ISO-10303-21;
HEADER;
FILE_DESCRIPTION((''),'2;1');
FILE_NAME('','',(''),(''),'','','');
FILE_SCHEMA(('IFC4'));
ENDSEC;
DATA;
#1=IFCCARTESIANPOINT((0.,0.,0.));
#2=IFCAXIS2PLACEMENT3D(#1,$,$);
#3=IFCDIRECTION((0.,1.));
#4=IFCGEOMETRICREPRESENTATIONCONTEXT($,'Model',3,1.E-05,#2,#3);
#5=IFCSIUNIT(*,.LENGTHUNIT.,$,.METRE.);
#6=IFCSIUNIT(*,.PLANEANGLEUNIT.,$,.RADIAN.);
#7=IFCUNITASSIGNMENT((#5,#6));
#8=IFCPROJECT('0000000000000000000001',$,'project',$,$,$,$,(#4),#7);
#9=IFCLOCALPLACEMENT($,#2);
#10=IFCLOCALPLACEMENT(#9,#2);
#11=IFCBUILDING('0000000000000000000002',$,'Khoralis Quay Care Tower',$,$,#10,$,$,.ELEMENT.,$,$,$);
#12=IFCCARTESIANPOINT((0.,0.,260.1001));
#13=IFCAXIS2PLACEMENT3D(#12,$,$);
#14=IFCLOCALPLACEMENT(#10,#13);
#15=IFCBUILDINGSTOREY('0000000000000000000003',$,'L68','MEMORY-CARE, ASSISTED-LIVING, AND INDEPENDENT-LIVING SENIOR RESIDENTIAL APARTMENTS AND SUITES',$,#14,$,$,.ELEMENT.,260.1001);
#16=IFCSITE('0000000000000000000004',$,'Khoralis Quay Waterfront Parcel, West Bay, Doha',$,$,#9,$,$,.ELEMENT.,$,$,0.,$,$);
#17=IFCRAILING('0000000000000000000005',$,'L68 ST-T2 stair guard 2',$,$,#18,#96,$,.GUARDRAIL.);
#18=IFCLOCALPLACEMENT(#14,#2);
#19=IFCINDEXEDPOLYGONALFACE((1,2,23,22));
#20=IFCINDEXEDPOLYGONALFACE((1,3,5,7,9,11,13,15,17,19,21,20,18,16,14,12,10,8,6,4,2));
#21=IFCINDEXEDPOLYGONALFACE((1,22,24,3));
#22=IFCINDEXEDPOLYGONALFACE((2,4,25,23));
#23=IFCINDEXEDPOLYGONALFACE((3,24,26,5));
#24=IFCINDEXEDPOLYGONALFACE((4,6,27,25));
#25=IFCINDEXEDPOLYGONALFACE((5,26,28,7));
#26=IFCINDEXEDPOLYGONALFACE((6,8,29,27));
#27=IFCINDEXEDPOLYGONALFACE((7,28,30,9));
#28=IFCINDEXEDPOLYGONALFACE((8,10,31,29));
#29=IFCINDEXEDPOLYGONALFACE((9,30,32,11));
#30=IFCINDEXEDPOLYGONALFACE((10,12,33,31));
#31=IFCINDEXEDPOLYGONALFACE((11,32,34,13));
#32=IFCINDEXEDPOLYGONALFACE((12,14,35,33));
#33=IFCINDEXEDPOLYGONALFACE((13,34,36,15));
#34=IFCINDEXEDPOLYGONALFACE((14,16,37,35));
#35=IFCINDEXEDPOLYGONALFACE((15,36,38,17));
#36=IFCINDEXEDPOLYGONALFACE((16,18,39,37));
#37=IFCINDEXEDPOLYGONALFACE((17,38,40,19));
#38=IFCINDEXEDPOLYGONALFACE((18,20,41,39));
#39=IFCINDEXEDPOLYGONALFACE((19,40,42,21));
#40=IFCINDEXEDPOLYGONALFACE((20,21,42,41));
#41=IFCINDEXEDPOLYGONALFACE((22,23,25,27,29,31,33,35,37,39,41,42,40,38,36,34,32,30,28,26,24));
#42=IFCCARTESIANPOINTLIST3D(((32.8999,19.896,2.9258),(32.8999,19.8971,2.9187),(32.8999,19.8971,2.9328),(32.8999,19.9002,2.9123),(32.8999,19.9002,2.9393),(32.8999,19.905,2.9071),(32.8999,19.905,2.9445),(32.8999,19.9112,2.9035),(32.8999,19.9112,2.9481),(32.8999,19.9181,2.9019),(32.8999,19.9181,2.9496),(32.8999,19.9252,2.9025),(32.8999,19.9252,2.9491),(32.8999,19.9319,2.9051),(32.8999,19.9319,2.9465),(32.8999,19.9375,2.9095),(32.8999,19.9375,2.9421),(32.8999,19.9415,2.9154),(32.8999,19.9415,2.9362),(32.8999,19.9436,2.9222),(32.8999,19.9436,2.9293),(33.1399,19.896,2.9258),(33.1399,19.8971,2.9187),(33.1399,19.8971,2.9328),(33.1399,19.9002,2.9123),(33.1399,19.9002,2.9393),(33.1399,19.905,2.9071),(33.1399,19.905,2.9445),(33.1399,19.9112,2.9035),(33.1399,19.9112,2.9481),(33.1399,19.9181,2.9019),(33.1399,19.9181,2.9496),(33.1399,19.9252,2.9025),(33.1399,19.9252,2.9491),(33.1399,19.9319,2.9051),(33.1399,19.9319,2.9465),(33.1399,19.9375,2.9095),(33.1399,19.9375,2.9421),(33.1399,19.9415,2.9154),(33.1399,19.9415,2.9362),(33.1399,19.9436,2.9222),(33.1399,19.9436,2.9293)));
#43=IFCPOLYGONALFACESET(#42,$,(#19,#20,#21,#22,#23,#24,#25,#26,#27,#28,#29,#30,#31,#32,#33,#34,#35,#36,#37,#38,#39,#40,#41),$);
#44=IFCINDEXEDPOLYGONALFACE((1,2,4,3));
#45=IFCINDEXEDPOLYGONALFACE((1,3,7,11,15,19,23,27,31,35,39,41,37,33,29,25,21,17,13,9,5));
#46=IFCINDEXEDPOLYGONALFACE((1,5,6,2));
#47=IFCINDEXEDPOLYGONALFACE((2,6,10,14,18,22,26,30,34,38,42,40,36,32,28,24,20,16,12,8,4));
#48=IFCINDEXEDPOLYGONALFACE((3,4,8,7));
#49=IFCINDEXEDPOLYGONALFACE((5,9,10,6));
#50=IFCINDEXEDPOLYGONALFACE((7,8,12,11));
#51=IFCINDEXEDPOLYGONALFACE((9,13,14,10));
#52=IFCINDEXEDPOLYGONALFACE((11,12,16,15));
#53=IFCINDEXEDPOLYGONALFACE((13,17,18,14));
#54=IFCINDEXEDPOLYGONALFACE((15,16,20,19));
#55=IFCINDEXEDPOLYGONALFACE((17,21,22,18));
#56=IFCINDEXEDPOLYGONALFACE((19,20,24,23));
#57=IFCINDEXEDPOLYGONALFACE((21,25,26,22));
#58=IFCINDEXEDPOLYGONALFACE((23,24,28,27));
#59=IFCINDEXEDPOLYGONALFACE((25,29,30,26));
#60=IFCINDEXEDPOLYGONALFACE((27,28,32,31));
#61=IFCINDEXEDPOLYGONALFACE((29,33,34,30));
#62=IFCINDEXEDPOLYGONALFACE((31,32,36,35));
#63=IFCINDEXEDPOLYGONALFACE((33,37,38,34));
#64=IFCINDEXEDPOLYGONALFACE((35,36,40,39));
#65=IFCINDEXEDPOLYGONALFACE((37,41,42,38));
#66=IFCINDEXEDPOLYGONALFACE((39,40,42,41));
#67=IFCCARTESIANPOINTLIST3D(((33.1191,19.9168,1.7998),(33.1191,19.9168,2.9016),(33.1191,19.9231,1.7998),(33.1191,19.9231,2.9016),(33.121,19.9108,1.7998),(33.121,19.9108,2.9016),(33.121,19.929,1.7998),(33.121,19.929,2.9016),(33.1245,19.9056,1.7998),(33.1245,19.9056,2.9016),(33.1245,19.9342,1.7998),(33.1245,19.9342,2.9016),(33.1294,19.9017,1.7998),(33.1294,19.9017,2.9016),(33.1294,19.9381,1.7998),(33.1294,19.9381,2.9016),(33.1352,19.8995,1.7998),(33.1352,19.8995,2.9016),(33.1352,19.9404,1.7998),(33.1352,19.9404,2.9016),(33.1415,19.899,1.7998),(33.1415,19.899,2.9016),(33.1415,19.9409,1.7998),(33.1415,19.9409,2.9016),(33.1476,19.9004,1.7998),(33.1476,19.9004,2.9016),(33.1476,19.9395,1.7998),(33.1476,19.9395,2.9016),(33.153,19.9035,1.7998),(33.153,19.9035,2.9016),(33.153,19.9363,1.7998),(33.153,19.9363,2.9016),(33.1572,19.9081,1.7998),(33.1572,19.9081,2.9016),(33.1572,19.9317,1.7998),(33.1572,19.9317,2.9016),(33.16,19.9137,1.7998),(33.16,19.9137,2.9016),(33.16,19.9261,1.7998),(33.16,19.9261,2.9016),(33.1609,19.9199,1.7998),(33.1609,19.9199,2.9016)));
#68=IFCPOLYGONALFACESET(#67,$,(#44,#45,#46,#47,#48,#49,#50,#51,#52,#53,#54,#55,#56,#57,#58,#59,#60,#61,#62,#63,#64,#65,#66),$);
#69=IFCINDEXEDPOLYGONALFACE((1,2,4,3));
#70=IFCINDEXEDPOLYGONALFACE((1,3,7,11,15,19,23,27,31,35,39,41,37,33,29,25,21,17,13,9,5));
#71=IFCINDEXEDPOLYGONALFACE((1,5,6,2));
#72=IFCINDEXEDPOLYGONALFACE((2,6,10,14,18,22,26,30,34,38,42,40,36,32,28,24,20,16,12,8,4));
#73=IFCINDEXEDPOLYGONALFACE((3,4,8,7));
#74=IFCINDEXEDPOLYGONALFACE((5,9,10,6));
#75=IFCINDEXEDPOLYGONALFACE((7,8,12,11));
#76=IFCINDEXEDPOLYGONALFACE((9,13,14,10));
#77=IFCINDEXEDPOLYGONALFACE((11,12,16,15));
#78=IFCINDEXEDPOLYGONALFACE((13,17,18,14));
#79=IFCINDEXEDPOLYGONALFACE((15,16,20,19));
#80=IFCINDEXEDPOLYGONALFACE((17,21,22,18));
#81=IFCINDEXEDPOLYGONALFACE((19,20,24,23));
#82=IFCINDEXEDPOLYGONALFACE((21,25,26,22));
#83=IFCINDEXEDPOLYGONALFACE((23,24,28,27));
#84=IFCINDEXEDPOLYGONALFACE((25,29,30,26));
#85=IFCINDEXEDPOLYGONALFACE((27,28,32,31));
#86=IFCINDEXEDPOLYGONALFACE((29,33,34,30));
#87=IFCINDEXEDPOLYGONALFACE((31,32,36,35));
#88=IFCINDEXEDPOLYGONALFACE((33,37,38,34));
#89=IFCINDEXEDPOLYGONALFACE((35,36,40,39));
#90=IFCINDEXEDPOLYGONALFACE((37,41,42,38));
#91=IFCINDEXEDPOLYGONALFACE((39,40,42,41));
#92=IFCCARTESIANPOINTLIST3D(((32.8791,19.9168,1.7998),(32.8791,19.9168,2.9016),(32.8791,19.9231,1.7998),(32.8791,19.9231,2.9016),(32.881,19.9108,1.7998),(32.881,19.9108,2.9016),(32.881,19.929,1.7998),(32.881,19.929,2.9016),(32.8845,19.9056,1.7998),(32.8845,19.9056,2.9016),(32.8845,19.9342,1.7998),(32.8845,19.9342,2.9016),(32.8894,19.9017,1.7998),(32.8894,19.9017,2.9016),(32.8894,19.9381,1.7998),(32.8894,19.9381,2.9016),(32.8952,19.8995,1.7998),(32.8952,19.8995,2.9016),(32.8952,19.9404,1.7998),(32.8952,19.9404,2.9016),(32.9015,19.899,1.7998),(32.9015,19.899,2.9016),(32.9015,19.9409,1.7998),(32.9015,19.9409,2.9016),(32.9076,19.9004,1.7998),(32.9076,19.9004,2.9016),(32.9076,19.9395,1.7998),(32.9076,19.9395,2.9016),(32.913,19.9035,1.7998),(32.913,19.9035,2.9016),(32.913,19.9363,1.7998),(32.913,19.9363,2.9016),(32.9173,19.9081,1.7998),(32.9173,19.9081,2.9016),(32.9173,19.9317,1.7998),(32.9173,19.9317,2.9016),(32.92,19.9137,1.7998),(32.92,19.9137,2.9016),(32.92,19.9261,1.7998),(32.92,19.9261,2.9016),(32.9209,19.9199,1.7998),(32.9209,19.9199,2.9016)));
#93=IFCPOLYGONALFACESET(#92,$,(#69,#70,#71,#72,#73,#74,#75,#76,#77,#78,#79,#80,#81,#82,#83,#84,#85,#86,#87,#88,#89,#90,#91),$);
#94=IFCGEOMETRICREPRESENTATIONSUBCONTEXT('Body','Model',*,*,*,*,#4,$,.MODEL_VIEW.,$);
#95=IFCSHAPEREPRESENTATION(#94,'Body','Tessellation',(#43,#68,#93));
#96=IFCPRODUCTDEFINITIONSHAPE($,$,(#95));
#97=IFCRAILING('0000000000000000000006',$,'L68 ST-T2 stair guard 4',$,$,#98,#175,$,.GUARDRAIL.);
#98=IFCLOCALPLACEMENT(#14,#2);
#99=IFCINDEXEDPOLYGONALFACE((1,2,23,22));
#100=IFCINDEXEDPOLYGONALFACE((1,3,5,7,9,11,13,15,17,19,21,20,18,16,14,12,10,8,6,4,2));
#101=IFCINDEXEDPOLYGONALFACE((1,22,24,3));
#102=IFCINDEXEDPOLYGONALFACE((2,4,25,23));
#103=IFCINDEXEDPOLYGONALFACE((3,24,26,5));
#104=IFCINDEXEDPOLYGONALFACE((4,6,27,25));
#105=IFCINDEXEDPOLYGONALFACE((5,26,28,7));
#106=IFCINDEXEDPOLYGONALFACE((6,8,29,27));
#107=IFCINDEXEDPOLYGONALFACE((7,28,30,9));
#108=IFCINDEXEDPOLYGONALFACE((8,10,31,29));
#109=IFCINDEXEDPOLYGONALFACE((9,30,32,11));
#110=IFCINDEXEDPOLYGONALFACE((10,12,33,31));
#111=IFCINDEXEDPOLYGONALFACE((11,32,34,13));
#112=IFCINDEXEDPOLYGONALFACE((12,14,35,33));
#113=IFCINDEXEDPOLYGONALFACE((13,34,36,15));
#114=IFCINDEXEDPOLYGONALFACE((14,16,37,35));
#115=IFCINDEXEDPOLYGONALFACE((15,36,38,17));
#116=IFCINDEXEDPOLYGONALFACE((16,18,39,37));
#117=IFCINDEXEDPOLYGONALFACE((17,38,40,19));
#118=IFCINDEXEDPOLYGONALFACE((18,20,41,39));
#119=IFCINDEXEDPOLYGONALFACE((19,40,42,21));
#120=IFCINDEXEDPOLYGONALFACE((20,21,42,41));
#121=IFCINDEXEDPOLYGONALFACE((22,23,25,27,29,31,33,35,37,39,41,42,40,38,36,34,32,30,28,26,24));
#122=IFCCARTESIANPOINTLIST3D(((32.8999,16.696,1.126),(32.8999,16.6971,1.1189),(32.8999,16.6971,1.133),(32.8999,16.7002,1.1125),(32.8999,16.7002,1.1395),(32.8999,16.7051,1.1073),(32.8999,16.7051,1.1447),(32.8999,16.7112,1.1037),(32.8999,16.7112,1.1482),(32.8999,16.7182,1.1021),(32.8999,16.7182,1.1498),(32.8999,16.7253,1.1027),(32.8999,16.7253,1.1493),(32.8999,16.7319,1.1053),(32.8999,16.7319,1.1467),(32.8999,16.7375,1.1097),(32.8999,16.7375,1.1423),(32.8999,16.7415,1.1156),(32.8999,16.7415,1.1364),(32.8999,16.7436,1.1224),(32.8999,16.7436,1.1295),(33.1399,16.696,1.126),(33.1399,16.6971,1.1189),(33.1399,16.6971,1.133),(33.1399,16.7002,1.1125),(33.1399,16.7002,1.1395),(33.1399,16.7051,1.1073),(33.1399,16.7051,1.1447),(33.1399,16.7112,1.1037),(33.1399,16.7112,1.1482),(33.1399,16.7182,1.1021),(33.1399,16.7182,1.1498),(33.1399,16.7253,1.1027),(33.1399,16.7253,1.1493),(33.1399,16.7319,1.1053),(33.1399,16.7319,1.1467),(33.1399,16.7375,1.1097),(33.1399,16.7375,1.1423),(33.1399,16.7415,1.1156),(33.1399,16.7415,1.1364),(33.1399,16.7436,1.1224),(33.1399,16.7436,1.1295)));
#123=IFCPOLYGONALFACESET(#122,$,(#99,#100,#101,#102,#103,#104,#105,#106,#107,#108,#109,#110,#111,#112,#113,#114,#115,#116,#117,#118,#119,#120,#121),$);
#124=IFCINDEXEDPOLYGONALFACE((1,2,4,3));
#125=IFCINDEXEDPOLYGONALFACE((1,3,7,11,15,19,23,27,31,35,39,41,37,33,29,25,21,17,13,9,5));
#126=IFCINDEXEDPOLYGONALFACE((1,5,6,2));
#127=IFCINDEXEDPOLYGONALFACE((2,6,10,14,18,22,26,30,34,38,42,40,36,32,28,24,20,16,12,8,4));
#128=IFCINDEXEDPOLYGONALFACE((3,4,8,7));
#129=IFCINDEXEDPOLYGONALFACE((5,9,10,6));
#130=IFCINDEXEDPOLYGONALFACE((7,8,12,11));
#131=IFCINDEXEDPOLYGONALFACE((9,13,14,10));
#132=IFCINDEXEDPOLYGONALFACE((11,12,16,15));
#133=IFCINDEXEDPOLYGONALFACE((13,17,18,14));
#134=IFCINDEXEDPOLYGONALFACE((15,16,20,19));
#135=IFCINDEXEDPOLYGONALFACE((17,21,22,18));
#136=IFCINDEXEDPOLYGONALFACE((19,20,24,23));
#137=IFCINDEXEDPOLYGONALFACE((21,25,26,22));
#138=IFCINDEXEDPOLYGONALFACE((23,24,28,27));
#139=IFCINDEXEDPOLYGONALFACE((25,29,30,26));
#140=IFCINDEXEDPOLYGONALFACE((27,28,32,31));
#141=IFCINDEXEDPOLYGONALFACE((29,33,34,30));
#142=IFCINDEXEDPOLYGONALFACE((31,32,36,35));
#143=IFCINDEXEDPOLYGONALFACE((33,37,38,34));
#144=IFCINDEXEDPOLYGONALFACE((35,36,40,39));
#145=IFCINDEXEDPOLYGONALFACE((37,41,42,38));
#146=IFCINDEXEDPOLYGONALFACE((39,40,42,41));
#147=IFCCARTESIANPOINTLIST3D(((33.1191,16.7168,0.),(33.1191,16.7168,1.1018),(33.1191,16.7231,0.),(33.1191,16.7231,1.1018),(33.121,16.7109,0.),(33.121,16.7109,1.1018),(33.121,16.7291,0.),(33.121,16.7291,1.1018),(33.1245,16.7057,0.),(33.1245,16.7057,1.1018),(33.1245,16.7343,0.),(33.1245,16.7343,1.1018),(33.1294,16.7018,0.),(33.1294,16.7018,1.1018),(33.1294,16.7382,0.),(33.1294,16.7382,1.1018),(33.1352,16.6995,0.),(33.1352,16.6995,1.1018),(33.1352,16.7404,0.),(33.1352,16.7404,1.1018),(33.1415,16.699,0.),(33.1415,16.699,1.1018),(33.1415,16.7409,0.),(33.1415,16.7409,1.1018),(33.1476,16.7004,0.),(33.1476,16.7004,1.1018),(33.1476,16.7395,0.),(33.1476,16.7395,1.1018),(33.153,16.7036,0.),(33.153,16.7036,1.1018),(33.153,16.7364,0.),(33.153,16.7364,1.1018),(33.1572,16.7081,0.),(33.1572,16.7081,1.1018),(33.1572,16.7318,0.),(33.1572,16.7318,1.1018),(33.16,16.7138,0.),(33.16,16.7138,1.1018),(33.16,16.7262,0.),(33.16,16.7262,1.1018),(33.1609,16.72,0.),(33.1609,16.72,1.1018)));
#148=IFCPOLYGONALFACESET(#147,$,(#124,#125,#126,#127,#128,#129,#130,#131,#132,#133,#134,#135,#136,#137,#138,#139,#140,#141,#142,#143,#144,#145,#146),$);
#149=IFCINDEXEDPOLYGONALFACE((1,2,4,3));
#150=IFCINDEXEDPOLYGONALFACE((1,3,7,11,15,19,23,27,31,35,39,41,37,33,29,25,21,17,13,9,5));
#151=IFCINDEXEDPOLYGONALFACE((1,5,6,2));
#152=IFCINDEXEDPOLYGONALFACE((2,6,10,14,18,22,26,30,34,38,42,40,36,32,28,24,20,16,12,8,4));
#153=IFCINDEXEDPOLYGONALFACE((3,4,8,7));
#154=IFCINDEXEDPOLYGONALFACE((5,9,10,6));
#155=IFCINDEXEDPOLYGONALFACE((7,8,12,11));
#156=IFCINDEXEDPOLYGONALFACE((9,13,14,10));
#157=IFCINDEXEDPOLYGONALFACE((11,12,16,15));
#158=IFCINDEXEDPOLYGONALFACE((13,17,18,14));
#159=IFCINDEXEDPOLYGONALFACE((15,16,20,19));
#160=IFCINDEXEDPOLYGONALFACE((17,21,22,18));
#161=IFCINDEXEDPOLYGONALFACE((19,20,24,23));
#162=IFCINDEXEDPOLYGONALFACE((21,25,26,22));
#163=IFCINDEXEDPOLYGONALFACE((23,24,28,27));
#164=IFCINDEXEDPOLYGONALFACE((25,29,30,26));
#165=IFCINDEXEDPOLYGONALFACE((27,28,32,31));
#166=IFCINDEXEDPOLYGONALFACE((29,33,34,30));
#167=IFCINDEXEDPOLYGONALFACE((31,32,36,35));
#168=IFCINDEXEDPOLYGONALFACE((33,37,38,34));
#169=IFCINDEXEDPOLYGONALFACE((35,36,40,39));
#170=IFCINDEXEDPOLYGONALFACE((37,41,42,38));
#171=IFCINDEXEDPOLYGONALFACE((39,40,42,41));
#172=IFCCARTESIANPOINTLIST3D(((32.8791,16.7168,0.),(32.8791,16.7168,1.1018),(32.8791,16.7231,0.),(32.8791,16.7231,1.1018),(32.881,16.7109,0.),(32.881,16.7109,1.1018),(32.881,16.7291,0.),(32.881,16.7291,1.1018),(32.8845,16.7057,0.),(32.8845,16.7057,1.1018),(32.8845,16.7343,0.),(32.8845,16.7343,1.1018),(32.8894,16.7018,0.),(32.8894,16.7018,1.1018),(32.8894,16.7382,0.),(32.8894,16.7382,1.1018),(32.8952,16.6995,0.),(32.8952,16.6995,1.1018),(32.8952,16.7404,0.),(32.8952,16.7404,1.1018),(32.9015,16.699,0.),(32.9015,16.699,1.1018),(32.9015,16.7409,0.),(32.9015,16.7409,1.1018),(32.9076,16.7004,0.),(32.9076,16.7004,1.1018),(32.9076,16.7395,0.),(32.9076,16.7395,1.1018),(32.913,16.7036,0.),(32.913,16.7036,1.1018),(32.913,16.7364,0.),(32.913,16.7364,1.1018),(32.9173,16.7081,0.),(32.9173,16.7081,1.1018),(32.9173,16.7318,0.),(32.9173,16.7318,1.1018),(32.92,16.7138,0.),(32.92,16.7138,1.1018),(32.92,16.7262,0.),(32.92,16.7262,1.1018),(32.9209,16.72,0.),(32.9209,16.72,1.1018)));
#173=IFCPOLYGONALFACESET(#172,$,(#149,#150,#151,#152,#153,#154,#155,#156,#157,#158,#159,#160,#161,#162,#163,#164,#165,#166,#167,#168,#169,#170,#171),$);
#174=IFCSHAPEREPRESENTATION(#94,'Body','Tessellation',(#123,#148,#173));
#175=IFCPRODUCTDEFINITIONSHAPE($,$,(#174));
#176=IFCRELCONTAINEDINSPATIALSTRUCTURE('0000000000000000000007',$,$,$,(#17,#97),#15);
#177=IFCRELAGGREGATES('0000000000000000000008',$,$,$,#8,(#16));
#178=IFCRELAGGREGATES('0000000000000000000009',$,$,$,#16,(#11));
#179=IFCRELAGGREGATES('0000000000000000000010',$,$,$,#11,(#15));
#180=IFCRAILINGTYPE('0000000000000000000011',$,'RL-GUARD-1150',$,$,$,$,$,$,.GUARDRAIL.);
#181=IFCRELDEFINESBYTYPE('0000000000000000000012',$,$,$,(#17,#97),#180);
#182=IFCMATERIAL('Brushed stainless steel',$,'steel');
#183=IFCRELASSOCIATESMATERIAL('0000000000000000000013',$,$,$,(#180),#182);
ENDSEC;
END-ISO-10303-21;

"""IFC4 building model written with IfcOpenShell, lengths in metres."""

from ifc_helpers import new_model, si_unit, direction, frame, origin, origin_2d, place, context, subcontext, project, spatial, circle, extrude, material, type_object, element, save


model = new_model("IFC4")

# Units and contexts
model_context = context("Model", 3, precision=1e-05, world=origin(), true_north=direction((0.0, 1.0)))
body_context = subcontext(model_context, "Body", "Model", "MODEL_VIEW")
ifc_project = project(units=[si_unit("LENGTHUNIT", "METRE"), si_unit("PLANEANGLEUNIT", "RADIAN")], contexts=[model_context])

# Site, building, storey
site_placement = place(None, origin())
site = spatial("IfcSite", under=ifc_project, at=site_placement, Name="Khoralis Quay Waterfront Parcel, West Bay, Doha", CompositionType="ELEMENT", RefElevation=0.0)
building_placement = place(site_placement, origin())
building = spatial("IfcBuilding", under=site, at=building_placement, Name="Khoralis Quay Care Tower", CompositionType="ELEMENT")
storey_placement = place(building_placement, frame((0.0, 0.0, 260.1001)))
storey = spatial("IfcBuildingStorey", under=building, at=storey_placement, Name="L68", Description="MEMORY-CARE, ASSISTED-LIVING, AND INDEPENDENT-LIVING SENIOR RESIDENTIAL APARTMENTS AND SUITES", CompositionType="ELEMENT", Elevation=260.1001)

# Railings
ifc_material_1 = material(Name="Brushed stainless steel", Category="steel")
railing_type_1 = type_object("IfcRailingType", Name="RL-GUARD-1150", PredefinedType="GUARDRAIL", material=ifc_material_1)
for number, where, name in (
    (1, (33.1399, 19.9199, 1.7998), "L68 ST-T2 stair guard 2"),
    (2, (33.1399, 16.72, 0.0), "L68 ST-T2 stair guard 4"),
):
    element("IfcRailing", number, at=place(storey_placement, frame(where)), inside=storey, type_object=railing_type_1, Name=name, PredefinedType="GUARDRAIL", context=body_context, shape_type="SweptSolid", body=[
        extrude(circle(Radius=0.0239, at=origin_2d()), frame((0.0, 0.0, 1.126), z_axis=(-1.0, 0.0, 0.0), x_axis=(0.0, -1.0, 0.0)), (0.0, 0.0, 1.0), 0.24),
        extrude(circle(Radius=0.021, at=origin_2d()), origin(), (0.0, 0.0, 1.0), 1.1018),
        extrude(circle(Radius=0.021, at=origin_2d()), frame((-0.24, 0.0, 0.0)), (0.0, 0.0, 1.0), 1.1018),
    ])

save(model, "model.ifc")
